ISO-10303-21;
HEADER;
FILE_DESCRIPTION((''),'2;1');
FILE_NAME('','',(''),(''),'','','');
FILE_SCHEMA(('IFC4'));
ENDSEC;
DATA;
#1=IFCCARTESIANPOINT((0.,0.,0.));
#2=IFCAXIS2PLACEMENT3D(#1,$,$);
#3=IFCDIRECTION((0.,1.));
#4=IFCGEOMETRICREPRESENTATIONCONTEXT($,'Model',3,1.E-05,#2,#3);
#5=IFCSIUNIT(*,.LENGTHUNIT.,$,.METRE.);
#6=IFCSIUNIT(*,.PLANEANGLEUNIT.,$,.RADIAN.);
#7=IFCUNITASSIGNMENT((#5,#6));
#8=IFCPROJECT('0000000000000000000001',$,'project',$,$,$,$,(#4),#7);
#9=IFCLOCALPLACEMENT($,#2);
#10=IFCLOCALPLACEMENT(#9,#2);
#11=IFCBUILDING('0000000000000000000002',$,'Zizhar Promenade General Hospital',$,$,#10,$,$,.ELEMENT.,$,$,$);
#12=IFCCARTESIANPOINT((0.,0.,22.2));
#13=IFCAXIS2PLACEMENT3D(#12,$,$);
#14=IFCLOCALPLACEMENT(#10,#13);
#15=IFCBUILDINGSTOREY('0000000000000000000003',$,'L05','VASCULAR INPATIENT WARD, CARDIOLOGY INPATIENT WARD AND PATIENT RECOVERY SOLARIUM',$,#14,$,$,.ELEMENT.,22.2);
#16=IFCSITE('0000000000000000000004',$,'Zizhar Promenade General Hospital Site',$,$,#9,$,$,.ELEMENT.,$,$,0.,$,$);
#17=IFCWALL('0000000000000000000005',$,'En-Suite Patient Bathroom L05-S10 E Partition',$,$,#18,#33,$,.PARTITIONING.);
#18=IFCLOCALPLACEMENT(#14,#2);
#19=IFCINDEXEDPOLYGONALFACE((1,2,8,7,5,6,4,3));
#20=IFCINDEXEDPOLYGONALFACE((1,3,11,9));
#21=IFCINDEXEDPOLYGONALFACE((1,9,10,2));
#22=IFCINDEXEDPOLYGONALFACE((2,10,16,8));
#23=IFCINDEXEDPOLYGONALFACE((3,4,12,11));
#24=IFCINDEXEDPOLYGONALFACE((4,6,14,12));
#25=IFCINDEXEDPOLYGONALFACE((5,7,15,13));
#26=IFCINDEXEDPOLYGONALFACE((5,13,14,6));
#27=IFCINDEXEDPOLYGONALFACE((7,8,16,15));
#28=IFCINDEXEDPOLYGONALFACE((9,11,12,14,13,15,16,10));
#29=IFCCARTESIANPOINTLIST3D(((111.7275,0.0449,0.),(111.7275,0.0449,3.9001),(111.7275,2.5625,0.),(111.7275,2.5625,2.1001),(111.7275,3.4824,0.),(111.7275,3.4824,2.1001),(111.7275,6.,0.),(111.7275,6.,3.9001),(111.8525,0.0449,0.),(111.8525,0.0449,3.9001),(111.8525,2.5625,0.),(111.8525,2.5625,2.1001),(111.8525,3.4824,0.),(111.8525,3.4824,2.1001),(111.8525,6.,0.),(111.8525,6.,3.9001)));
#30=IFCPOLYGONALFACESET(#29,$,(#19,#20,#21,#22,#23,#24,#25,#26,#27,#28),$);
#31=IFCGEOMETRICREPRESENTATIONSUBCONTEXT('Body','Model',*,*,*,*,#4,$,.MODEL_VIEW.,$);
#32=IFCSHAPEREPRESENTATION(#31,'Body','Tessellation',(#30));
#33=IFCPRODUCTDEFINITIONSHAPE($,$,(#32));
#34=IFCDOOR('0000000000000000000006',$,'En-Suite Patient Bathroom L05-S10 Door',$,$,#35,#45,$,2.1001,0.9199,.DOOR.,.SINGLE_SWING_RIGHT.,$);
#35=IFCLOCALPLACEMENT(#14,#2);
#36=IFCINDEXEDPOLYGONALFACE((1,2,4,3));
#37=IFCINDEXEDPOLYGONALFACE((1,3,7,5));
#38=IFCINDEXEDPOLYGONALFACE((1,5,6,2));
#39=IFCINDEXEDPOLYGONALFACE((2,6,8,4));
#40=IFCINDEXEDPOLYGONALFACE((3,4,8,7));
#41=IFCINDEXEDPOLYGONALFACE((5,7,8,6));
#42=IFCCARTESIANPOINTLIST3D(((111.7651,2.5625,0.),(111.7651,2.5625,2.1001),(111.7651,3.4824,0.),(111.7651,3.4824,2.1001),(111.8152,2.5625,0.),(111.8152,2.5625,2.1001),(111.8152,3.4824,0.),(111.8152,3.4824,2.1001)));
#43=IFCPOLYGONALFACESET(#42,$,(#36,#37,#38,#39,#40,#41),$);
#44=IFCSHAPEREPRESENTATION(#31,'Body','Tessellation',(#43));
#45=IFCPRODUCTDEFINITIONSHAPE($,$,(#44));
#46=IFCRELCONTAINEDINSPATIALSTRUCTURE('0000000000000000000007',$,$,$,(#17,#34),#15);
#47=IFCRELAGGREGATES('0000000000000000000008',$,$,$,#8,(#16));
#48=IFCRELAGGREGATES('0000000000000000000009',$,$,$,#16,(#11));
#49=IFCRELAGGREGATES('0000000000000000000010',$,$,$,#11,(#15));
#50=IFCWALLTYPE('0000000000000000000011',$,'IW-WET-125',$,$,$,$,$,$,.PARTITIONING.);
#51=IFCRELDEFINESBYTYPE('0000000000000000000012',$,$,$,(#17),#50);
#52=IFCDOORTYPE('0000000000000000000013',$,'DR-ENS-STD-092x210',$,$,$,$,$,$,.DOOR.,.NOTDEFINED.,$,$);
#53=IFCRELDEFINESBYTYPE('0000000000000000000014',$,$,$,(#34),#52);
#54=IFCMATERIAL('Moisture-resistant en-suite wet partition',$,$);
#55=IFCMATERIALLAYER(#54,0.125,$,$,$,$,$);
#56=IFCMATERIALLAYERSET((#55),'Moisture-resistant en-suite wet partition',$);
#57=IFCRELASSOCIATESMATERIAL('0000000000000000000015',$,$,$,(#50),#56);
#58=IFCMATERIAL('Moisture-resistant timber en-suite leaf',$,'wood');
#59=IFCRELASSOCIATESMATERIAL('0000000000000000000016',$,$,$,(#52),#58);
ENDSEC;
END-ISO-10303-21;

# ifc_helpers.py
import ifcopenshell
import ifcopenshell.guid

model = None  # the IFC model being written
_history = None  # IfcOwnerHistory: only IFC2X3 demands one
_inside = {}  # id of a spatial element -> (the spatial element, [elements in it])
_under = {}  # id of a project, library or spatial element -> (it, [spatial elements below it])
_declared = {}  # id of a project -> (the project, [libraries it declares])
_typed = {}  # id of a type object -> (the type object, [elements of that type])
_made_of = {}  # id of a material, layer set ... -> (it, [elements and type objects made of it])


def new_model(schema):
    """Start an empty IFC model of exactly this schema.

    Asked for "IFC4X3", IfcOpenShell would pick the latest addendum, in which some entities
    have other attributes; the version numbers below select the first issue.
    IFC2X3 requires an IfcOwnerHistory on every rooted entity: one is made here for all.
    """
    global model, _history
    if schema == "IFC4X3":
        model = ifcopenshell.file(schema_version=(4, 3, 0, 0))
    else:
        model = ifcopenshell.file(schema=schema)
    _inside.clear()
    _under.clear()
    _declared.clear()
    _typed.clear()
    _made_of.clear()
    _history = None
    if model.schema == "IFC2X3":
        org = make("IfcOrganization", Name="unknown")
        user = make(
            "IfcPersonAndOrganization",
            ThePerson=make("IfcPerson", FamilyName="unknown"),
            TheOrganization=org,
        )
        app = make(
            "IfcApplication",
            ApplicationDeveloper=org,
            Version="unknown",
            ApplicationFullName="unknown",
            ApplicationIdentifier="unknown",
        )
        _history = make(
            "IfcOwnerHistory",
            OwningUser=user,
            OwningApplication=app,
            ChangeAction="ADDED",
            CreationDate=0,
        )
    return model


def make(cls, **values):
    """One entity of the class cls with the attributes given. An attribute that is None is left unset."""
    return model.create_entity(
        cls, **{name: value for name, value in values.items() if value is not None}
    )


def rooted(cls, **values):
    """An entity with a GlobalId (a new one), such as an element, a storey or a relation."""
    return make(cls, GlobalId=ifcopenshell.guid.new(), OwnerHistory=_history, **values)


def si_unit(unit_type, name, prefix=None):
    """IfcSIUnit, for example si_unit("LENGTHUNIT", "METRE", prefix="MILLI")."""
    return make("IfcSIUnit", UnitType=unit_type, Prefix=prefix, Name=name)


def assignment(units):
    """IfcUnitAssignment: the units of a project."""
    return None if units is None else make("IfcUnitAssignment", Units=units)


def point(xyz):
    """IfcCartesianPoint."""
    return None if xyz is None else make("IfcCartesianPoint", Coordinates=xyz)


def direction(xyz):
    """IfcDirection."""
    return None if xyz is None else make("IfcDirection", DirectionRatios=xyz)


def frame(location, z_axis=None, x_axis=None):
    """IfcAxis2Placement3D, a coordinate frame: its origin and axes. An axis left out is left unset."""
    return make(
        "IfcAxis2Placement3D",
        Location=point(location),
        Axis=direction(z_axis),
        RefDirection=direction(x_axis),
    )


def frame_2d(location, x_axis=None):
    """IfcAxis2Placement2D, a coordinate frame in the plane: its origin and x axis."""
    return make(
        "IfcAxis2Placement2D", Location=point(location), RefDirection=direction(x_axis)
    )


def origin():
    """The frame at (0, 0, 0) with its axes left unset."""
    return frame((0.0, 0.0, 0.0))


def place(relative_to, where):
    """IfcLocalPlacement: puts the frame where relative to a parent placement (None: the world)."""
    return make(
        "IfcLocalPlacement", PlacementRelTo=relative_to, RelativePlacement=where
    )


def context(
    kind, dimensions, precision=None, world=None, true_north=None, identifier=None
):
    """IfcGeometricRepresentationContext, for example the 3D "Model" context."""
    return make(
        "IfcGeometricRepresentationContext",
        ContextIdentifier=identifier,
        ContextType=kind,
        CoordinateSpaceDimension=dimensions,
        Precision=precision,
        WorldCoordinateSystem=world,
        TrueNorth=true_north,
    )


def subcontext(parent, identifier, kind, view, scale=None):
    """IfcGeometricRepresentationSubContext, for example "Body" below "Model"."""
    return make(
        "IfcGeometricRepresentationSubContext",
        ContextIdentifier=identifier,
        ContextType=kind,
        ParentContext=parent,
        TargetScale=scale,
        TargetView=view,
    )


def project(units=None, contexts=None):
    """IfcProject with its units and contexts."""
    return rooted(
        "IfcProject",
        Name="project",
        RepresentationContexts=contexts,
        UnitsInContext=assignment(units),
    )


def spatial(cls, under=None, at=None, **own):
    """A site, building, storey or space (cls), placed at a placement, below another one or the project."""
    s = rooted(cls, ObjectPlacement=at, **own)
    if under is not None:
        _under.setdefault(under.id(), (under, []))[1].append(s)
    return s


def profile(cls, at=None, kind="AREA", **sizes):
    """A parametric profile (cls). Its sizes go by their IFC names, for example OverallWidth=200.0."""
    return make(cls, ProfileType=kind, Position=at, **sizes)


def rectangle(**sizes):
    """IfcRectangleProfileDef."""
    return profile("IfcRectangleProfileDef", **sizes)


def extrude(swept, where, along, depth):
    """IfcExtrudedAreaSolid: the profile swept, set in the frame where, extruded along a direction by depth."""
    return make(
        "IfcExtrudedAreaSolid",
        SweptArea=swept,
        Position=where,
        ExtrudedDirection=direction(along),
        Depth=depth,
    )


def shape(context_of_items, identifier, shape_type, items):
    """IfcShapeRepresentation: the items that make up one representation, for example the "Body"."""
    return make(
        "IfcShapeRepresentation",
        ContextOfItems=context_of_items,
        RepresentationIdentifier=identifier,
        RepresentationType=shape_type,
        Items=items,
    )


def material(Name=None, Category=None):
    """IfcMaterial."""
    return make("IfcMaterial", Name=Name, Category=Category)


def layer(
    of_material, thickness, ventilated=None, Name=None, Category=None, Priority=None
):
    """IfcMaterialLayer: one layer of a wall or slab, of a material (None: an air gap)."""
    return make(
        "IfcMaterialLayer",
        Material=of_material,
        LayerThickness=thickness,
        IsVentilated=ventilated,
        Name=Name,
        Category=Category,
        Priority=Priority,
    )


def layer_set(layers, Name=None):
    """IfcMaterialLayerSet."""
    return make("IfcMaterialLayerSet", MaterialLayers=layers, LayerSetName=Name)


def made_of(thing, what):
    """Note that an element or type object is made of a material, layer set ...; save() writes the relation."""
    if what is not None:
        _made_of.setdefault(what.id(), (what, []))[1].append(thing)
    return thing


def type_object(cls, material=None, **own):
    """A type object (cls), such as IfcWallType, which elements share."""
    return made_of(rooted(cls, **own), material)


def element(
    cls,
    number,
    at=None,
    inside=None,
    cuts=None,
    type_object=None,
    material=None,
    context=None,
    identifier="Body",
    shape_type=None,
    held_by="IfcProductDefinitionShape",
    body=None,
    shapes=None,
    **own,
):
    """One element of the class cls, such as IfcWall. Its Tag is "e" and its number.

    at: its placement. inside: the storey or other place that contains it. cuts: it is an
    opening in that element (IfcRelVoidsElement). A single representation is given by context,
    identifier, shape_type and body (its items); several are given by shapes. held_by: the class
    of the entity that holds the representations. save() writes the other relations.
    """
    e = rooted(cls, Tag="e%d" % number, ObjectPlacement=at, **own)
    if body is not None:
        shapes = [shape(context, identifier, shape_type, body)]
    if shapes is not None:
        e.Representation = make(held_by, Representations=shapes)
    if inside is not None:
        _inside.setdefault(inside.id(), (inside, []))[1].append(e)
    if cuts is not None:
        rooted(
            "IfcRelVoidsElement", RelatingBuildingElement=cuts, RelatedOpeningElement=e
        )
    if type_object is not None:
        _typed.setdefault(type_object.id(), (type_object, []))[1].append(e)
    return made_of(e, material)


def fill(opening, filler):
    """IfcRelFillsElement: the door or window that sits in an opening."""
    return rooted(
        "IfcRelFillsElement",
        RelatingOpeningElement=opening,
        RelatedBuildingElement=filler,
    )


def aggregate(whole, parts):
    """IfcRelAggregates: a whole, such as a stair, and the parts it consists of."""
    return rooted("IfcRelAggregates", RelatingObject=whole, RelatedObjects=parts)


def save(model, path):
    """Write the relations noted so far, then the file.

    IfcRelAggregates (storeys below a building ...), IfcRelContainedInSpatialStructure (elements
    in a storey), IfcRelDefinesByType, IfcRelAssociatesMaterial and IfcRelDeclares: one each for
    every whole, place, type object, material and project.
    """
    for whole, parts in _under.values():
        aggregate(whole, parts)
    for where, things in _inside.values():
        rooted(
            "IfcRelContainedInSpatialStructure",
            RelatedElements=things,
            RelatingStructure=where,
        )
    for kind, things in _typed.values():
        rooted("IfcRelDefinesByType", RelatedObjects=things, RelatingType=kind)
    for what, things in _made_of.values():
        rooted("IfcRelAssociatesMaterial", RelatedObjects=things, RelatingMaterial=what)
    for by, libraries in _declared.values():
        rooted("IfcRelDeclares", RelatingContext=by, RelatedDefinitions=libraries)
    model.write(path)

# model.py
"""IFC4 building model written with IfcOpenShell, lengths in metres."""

from ifc_helpers import new_model, si_unit, direction, frame, frame_2d, origin, place, context, subcontext, project, spatial, rectangle, extrude, material, layer, layer_set, type_object, element, fill, save


model = new_model("IFC4")

# Units and contexts
model_context = context("Model", 3, precision=1e-05, world=origin(), true_north=direction((0.0, 1.0)))
body_context = subcontext(model_context, "Body", "Model", "MODEL_VIEW")
ifc_project = project(units=[si_unit("LENGTHUNIT", "METRE"), si_unit("PLANEANGLEUNIT", "RADIAN")], contexts=[model_context])

# Site, building, storey
site_placement = place(None, origin())
site = spatial("IfcSite", under=ifc_project, at=site_placement, Name="Zizhar Promenade General Hospital Site", CompositionType="ELEMENT", RefElevation=0.0)
building_placement = place(site_placement, origin())
building = spatial("IfcBuilding", under=site, at=building_placement, Name="Zizhar Promenade General Hospital", CompositionType="ELEMENT")
storey_placement = place(building_placement, frame((0.0, 0.0, 22.2)))
storey = spatial("IfcBuildingStorey", under=building, at=storey_placement, Name="L05", Description="VASCULAR INPATIENT WARD, CARDIOLOGY INPATIENT WARD AND PATIENT RECOVERY SOLARIUM", CompositionType="ELEMENT", Elevation=22.2)

# Shared definitions
ifc_material_1 = material(Name="Moisture-resistant en-suite wet partition")
ifc_layer_1 = layer(ifc_material_1, 0.125)
ifc_layer_set_1 = layer_set([ifc_layer_1], Name="Moisture-resistant en-suite wet partition")
wall_type_1 = type_object("IfcWallType", Name="IW-WET-125", PredefinedType="PARTITIONING", material=ifc_layer_set_1)

# Wall, opening, door
wall_1_placement = place(storey_placement, frame((111.79, 0.0449, 0.0), z_axis=(0.0, 0.0, 1.0), x_axis=(0.0, 1.0, 0.0)))
wall_1 = element("IfcWall", 1, at=wall_1_placement, inside=storey, type_object=wall_type_1, Name="En-Suite Patient Bathroom L05-S10 E Partition", PredefinedType="PARTITIONING", context=body_context, shape_type="SweptSolid", body=[
    extrude(rectangle(XDim=5.9551, YDim=0.125, at=frame_2d((2.9775, 0.0))), origin(), (0.0, 0.0, 1.0), 3.9001),
])
opening_1_placement = place(wall_1_placement, frame((2.5176, 0.0, 0.0)))
opening_1 = element("IfcOpeningElement", 2, at=opening_1_placement, cuts=wall_1, PredefinedType="OPENING", context=body_context, shape_type="SweptSolid", body=[
    extrude(rectangle(XDim=0.9199, YDim=2.1001, at=frame_2d((0.46, 1.05))), frame((0.0, 0.0725, 0.0), z_axis=(0.0, -1.0, 0.0), x_axis=(1.0, 0.0, 0.0)), (0.0, 0.0, 1.0), 0.145),
])
ifc_material_2 = material(Name="Moisture-resistant timber en-suite leaf", Category="wood")
door_type_1 = type_object("IfcDoorType", Name="DR-ENS-STD-092x210", OperationType="NOTDEFINED", PredefinedType="DOOR", material=ifc_material_2)
door_1_placement = place(opening_1_placement, origin())
door_1 = element("IfcDoor", 3, at=door_1_placement, inside=storey, type_object=door_type_1, Name="En-Suite Patient Bathroom L05-S10 Door", OperationType="SINGLE_SWING_RIGHT", OverallHeight=2.1001, OverallWidth=0.9199, PredefinedType="DOOR", context=body_context, shape_type="SweptSolid", body=[
    extrude(rectangle(XDim=0.9199, YDim=2.1001, at=frame_2d((0.46, 1.05))), frame((0.0, 0.0249, 0.0), z_axis=(0.0, -1.0, 0.0), x_axis=(1.0, 0.0, 0.0)), (0.0, 0.0, 1.0), 0.05),
])
fill(opening_1, door_1)

save(model, "model.ifc")
